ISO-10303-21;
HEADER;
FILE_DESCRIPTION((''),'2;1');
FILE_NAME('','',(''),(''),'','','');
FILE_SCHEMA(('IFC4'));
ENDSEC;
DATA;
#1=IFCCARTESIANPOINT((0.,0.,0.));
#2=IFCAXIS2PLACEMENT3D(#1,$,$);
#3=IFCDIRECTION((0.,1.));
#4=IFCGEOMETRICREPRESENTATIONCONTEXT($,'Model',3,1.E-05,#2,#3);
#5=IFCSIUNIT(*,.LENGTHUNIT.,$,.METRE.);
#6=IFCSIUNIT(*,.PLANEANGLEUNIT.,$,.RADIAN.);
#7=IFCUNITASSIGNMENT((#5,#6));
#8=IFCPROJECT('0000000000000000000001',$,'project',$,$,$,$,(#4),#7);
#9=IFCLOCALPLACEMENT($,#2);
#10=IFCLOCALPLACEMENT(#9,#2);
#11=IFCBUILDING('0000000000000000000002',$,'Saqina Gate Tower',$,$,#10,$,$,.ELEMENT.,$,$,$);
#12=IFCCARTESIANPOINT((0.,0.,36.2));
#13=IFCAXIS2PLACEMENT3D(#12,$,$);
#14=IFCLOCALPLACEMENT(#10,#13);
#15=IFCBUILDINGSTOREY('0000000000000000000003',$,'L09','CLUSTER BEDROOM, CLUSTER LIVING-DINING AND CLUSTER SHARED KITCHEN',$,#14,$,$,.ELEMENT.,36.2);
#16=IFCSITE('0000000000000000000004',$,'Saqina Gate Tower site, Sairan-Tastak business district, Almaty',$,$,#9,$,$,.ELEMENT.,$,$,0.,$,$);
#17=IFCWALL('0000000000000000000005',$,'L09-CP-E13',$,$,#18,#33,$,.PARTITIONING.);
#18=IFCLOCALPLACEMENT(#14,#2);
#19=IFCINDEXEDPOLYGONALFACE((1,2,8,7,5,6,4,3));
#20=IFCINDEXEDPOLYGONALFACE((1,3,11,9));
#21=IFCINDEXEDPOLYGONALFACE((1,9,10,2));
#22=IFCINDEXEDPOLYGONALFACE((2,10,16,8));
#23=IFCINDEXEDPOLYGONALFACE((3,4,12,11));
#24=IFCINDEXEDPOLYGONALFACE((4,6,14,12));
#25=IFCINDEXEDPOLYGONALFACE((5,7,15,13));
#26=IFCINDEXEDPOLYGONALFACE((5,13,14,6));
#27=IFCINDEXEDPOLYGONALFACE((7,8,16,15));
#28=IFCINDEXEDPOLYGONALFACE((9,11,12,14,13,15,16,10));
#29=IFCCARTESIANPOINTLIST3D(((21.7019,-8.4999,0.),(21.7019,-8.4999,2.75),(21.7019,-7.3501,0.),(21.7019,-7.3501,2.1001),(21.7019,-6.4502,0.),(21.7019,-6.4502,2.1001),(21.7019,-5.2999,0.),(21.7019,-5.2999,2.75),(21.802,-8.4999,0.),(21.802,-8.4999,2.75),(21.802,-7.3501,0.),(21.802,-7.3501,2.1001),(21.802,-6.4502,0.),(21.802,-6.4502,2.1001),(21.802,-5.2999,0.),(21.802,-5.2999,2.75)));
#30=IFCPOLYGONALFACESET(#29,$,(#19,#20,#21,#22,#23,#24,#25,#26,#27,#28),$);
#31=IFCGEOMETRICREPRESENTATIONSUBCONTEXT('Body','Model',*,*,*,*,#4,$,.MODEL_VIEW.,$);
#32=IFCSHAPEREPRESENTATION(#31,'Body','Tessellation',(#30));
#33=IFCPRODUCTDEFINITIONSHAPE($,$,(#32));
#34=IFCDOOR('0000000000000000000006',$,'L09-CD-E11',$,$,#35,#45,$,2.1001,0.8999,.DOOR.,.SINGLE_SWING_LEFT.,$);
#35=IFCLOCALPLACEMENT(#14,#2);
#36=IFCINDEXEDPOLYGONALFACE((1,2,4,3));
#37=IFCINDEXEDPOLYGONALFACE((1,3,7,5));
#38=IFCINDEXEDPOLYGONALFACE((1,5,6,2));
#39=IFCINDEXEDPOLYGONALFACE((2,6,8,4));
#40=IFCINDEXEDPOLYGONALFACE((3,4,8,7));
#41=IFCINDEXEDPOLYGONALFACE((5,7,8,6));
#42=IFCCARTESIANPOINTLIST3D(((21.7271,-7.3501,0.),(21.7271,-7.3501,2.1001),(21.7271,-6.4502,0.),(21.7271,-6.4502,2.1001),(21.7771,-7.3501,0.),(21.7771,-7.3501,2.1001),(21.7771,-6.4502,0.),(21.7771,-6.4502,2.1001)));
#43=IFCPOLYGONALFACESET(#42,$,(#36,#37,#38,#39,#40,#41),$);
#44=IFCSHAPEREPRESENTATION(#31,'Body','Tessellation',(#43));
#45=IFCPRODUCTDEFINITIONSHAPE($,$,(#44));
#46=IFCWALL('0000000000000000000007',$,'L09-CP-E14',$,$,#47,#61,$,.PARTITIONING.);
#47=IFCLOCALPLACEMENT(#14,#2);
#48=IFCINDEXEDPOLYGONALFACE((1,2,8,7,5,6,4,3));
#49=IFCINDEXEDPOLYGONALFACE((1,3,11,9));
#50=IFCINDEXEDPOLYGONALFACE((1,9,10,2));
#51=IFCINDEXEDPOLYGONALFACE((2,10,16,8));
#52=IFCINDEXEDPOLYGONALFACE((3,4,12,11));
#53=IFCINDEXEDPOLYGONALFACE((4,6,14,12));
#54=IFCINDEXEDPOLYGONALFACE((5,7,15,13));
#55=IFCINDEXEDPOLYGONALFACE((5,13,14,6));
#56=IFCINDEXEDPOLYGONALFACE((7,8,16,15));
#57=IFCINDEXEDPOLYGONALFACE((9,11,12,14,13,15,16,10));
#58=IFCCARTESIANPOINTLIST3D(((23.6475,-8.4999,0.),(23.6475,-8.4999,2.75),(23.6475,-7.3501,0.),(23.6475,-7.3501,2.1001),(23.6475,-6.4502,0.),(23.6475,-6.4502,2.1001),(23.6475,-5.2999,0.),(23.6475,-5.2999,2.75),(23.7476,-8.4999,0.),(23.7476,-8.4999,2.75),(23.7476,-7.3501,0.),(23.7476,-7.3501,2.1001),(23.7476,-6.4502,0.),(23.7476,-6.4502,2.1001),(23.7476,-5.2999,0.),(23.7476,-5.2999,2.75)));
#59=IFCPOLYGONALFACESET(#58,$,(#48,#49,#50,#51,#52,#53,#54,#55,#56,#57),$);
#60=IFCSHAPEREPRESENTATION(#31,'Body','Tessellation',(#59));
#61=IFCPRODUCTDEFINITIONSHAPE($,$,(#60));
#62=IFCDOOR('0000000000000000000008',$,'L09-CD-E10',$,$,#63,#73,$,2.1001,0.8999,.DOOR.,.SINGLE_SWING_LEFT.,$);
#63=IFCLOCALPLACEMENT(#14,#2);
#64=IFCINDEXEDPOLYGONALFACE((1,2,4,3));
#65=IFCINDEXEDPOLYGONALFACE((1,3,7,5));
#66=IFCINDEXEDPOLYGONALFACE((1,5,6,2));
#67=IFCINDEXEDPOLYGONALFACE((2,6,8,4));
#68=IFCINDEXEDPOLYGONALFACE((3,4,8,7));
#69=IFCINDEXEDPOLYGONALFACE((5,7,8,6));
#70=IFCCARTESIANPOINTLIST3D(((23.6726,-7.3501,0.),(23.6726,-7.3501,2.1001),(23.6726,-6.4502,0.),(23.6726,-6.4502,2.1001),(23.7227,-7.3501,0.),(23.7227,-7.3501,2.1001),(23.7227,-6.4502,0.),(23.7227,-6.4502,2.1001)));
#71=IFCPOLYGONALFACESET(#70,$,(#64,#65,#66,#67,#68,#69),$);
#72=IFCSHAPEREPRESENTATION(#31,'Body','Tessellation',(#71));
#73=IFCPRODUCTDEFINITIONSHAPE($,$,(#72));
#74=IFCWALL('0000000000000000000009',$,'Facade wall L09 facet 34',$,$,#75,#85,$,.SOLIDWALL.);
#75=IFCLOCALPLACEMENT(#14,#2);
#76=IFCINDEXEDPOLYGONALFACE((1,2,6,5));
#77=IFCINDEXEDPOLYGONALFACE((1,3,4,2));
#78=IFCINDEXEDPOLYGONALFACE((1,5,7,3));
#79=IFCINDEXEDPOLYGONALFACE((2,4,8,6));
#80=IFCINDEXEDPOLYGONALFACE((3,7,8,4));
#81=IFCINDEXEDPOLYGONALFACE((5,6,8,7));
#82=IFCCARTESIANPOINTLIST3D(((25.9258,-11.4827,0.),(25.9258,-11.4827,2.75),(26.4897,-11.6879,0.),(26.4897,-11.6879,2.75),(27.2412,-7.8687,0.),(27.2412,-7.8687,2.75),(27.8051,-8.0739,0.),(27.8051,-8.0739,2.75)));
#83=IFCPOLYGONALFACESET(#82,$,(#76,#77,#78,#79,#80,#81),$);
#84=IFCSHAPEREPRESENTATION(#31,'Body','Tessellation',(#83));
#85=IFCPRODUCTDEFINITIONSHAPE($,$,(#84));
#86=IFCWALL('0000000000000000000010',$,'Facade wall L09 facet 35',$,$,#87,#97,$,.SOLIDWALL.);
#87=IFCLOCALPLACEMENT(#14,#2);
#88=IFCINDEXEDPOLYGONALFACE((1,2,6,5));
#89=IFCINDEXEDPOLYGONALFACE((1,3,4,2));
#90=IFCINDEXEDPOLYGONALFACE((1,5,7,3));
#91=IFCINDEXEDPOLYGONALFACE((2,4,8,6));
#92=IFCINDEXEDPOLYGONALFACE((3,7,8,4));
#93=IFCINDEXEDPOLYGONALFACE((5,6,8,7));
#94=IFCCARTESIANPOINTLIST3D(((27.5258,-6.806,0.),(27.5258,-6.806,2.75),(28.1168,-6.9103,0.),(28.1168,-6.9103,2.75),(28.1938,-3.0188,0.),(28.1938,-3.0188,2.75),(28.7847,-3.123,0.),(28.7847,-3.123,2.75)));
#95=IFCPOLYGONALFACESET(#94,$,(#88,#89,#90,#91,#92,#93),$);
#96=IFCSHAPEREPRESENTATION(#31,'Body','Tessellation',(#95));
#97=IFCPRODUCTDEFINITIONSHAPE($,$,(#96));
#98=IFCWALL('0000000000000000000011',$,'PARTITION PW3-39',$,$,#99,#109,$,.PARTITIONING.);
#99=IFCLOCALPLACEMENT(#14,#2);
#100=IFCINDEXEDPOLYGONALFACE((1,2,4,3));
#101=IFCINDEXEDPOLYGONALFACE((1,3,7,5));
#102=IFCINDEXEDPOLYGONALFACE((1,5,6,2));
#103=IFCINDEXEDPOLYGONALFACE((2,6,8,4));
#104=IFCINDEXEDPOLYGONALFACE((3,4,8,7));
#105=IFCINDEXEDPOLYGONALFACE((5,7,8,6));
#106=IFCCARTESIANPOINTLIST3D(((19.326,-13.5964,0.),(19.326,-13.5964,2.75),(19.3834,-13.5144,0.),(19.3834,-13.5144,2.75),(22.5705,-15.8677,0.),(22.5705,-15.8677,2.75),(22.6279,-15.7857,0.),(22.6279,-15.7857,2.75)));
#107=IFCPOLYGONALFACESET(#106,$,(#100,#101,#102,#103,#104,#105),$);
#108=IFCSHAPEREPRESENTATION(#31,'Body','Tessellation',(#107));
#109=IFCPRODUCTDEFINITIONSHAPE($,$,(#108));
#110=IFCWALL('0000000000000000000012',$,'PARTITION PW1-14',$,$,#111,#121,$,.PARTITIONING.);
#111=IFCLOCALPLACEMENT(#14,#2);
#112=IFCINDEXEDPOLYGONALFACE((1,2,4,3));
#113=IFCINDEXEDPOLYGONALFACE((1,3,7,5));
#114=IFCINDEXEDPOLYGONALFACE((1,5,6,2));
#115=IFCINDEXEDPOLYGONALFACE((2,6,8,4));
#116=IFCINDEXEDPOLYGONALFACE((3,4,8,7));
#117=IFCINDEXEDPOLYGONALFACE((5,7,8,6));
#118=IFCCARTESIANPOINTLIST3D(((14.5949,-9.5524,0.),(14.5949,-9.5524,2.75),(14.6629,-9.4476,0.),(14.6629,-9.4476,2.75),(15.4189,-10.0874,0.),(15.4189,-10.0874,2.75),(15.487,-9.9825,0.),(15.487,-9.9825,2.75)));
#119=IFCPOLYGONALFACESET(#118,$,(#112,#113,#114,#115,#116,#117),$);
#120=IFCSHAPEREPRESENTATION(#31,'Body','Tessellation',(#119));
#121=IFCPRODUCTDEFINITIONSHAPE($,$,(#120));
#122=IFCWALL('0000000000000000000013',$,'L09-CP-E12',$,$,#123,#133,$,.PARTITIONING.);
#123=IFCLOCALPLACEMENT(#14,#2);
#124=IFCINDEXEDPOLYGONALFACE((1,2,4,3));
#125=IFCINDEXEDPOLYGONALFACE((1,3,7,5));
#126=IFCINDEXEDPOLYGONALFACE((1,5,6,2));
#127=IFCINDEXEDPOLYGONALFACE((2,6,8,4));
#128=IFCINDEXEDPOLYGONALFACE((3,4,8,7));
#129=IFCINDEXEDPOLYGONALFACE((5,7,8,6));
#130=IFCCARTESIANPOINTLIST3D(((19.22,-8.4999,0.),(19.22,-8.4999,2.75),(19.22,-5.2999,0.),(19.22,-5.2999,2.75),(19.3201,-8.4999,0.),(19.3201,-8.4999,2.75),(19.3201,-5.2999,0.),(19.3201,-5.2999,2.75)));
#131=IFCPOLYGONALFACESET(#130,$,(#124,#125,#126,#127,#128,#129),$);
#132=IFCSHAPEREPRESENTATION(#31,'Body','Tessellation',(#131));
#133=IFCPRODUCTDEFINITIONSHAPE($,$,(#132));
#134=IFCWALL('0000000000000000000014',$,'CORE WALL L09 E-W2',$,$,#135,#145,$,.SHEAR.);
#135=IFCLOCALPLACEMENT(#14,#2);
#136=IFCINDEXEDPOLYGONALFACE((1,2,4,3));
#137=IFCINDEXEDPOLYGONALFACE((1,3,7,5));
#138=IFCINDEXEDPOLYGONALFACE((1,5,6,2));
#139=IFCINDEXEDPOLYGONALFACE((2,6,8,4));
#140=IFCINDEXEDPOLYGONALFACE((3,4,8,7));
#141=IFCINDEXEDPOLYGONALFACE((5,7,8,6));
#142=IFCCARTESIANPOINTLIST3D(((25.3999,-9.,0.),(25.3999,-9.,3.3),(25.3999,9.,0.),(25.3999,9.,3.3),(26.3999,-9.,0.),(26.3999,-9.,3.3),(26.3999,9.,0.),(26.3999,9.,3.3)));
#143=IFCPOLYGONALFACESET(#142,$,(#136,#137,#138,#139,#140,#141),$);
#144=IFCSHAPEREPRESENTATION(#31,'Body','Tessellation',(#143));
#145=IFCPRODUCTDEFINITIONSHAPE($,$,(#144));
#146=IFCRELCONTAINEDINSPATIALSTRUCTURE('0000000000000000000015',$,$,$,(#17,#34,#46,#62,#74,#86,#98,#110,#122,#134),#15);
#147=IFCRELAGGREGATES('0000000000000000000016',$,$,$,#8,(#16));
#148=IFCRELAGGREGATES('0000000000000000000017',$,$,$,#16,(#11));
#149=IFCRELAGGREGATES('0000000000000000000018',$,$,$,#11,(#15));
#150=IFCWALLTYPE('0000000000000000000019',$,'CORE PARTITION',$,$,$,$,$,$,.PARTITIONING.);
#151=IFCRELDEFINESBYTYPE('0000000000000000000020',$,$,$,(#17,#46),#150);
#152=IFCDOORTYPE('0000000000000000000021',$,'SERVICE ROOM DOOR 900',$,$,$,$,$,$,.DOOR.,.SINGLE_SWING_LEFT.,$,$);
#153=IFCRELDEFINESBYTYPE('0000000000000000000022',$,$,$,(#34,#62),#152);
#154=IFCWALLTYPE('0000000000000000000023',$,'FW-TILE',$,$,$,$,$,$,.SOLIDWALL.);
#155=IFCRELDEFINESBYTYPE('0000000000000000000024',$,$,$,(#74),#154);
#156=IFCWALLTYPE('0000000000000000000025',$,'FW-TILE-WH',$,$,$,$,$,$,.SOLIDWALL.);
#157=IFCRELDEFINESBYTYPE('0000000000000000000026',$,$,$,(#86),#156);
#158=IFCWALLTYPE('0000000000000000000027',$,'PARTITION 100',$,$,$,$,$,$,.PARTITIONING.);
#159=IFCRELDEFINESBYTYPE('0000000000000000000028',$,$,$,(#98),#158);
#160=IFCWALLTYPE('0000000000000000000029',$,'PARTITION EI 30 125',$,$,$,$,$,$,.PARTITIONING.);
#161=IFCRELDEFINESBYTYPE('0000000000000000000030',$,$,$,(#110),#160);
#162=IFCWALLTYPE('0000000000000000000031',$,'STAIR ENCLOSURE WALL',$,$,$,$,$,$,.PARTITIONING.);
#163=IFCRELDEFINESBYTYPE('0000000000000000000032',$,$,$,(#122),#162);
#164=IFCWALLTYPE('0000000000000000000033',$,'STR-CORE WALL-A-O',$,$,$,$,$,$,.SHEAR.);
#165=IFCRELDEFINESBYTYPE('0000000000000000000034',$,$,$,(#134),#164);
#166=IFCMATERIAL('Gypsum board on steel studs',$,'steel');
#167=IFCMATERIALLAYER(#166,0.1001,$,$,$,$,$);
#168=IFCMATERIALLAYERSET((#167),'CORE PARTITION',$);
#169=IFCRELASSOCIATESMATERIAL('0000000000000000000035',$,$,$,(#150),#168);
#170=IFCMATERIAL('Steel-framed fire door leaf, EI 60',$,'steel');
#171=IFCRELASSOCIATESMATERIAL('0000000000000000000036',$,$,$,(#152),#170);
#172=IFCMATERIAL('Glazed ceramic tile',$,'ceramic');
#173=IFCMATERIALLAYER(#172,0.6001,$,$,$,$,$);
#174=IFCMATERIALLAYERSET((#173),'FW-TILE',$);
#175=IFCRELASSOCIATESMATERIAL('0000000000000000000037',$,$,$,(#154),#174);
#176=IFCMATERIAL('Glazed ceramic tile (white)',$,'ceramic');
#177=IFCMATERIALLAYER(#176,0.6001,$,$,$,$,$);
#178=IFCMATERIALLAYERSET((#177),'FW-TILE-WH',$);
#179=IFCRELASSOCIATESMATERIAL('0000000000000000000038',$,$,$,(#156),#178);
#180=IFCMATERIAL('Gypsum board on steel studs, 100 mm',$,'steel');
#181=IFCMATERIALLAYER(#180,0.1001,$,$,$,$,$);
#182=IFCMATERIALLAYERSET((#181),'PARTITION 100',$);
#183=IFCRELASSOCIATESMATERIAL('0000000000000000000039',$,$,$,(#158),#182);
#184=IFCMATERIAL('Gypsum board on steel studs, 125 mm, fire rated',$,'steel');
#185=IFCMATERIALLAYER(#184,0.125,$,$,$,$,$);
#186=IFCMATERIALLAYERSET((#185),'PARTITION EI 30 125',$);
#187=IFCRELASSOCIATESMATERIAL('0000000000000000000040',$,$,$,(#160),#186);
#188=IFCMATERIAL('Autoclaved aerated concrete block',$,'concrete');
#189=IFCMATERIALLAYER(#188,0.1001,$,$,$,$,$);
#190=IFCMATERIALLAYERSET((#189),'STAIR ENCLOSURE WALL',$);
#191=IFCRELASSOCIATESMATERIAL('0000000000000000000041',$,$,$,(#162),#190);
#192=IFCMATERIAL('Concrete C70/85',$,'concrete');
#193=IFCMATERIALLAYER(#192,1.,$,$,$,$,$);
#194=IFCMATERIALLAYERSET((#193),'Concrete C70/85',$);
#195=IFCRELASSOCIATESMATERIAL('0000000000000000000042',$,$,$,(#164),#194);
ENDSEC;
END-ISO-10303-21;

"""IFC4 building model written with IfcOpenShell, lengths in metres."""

from ifc_helpers import new_model, si_unit, direction, frame, frame_2d, origin, place, context, subcontext, project, spatial, rectangle, extrude, material, layer, layer_set, type_object, element, fill, save


model = new_model("IFC4")

# Units and contexts
model_context = context("Model", 3, precision=1e-05, world=origin(), true_north=direction((0.0, 1.0)))
body_context = subcontext(model_context, "Body", "Model", "MODEL_VIEW")
ifc_project = project(units=[si_unit("LENGTHUNIT", "METRE"), si_unit("PLANEANGLEUNIT", "RADIAN")], contexts=[model_context])

# Site, building, storey
site_placement = place(None, origin())
site = spatial("IfcSite", under=ifc_project, at=site_placement, Name="Saqina Gate Tower site, Sairan-Tastak business district, Almaty", CompositionType="ELEMENT", RefElevation=0.0)
building_placement = place(site_placement, origin())
building = spatial("IfcBuilding", under=site, at=building_placement, Name="Saqina Gate Tower", CompositionType="ELEMENT")
storey_placement = place(building_placement, frame((0.0, 0.0, 36.2)))
storey = spatial("IfcBuildingStorey", under=building, at=storey_placement, Name="L09", Description="CLUSTER BEDROOM, CLUSTER LIVING-DINING AND CLUSTER SHARED KITCHEN", CompositionType="ELEMENT", Elevation=36.2)

# Walls, openings, doors
ifc_material_1 = material(Name="Gypsum board on steel studs", Category="steel")
ifc_layer_1 = layer(ifc_material_1, 0.1001)
ifc_layer_set_1 = layer_set([ifc_layer_1], Name="CORE PARTITION")
wall_type_1 = type_object("IfcWallType", Name="CORE PARTITION", PredefinedType="PARTITIONING", material=ifc_layer_set_1)
wall_1_placement = place(storey_placement, frame((21.752, -8.5, 0.0), z_axis=(0.0, 0.0, 1.0), x_axis=(0.0, 1.0, 0.0)))
wall_1 = element("IfcWall", 1, at=wall_1_placement, inside=storey, type_object=wall_type_1, Name="L09-CP-E13", PredefinedType="PARTITIONING", context=body_context, shape_type="SweptSolid", body=[
    extrude(rectangle(XDim=3.2, YDim=0.1001, at=frame_2d((1.6001, 0.0))), origin(), (0.0, 0.0, 1.0), 2.75),
])
opening_1_placement = place(wall_1_placement, frame((1.1499, 0.0, 0.0)))
opening_1 = element("IfcOpeningElement", 2, at=opening_1_placement, cuts=wall_1, PredefinedType="OPENING", context=body_context, shape_type="SweptSolid", body=[
    extrude(rectangle(XDim=0.8999, YDim=2.1001, at=frame_2d((0.45, 1.05))), frame((0.0, 0.062, 0.0), z_axis=(0.0, -1.0, 0.0), x_axis=(1.0, 0.0, 0.0)), (0.0, 0.0, 1.0), 0.124),
])
ifc_material_2 = material(Name="Steel-framed fire door leaf, EI 60", Category="steel")
door_type = type_object("IfcDoorType", Name="SERVICE ROOM DOOR 900", OperationType="SINGLE_SWING_LEFT", PredefinedType="DOOR", material=ifc_material_2)
door_1_placement = place(opening_1_placement, origin())
door_1 = element("IfcDoor", 3, at=door_1_placement, inside=storey, type_object=door_type, Name="L09-CD-E11", OperationType="SINGLE_SWING_LEFT", OverallHeight=2.1001, OverallWidth=0.8999, PredefinedType="DOOR", context=body_context, shape_type="SweptSolid", body=[
    extrude(rectangle(XDim=0.8999, YDim=2.1001, at=frame_2d((0.45, 1.05))), frame((0.0, 0.0249, 0.0), z_axis=(0.0, -1.0, 0.0), x_axis=(1.0, 0.0, 0.0)), (0.0, 0.0, 1.0), 0.05),
])
fill(opening_1, door_1)
wall_2_placement = place(storey_placement, frame((23.6975, -8.5, 0.0), z_axis=(0.0, 0.0, 1.0), x_axis=(0.0, 1.0, 0.0)))
wall_2 = element("IfcWall", 4, at=wall_2_placement, inside=storey, type_object=wall_type_1, Name="L09-CP-E14", PredefinedType="PARTITIONING", context=body_context, shape_type="SweptSolid", body=[
    extrude(rectangle(XDim=3.2, YDim=0.1001, at=frame_2d((1.6001, 0.0))), origin(), (0.0, 0.0, 1.0), 2.75),
])
opening_2_placement = place(wall_2_placement, frame((1.1499, 0.0, 0.0)))
opening_2 = element("IfcOpeningElement", 5, at=opening_2_placement, cuts=wall_2, PredefinedType="OPENING", context=body_context, shape_type="SweptSolid", body=[
    extrude(rectangle(XDim=0.8999, YDim=2.1001, at=frame_2d((0.45, 1.05))), frame((0.0, 0.062, 0.0), z_axis=(0.0, -1.0, 0.0), x_axis=(1.0, 0.0, 0.0)), (0.0, 0.0, 1.0), 0.124),
])
door_2_placement = place(opening_2_placement, origin())
door_2 = element("IfcDoor", 6, at=door_2_placement, inside=storey, type_object=door_type, Name="L09-CD-E10", OperationType="SINGLE_SWING_LEFT", OverallHeight=2.1001, OverallWidth=0.8999, PredefinedType="DOOR", context=body_context, shape_type="SweptSolid", body=[
    extrude(rectangle(XDim=0.8999, YDim=2.1001, at=frame_2d((0.45, 1.05))), frame((0.0, 0.0249, 0.0), z_axis=(0.0, -1.0, 0.0), x_axis=(1.0, 0.0, 0.0)), (0.0, 0.0, 1.0), 0.05),
])
fill(opening_2, door_2)

# Walls
ifc_material_3 = material(Name="Glazed ceramic tile", Category="ceramic")
ifc_layer_2 = layer(ifc_material_3, 0.6001)
ifc_layer_set_2 = layer_set([ifc_layer_2], Name="FW-TILE")
wall_type_2 = type_object("IfcWallType", Name="FW-TILE", PredefinedType="SOLIDWALL", material=ifc_layer_set_2)
wall_3_placement = place(storey_placement, frame((26.2078, -11.5852, 0.0), z_axis=(0.0, 0.0, 1.0), x_axis=(0.342028, 0.93969, 0.0)))
element("IfcWall", 7, at=wall_3_placement, inside=storey, type_object=wall_type_2, Name="Facade wall L09 facet 34", PredefinedType="SOLIDWALL", context=body_context, shape_type="SweptSolid", body=[
    extrude(rectangle(XDim=3.8459, YDim=0.6001, at=frame_2d((1.9229, 0.0))), origin(), (0.0, 0.0, 1.0), 2.75),
])
ifc_material_4 = material(Name="Glazed ceramic tile (white)", Category="ceramic")
ifc_layer_3 = layer(ifc_material_4, 0.6001)
ifc_layer_set_3 = layer_set([ifc_layer_3], Name="FW-TILE-WH")
wall_type_3 = type_object("IfcWallType", Name="FW-TILE-WH", PredefinedType="SOLIDWALL", material=ifc_layer_set_3)
wall_4_placement = place(storey_placement, frame((27.8213, -6.8582, 0.0), z_axis=(0.0, 0.0, 1.0), x_axis=(0.173688, 0.984801, 0.0)))
element("IfcWall", 8, at=wall_4_placement, inside=storey, type_object=wall_type_3, Name="Facade wall L09 facet 35", PredefinedType="SOLIDWALL", context=body_context, shape_type="SweptSolid", body=[
    extrude(rectangle(XDim=3.8457, YDim=0.6001, at=frame_2d((1.9229, 0.0))), origin(), (0.0, 0.0, 1.0), 2.75),
])
ifc_material_5 = material(Name="Gypsum board on steel studs, 100 mm", Category="steel")
ifc_layer_4 = layer(ifc_material_5, 0.1001)
ifc_layer_set_4 = layer_set([ifc_layer_4], Name="PARTITION 100")
wall_type_4 = type_object("IfcWallType", Name="PARTITION 100", PredefinedType="PARTITIONING", material=ifc_layer_set_4)
wall_5_placement = place(storey_placement, frame((19.3547, -13.5554, 0.0), z_axis=(0.0, 0.0, 1.0), x_axis=(0.819212, -0.573491, 0.0)))
element("IfcWall", 9, at=wall_5_placement, inside=storey, type_object=wall_type_4, Name="PARTITION PW3-39", PredefinedType="PARTITIONING", context=body_context, shape_type="SweptSolid", body=[
    extrude(rectangle(XDim=3.9604, YDim=0.1001, at=frame_2d((1.9802, 0.0))), origin(), (0.0, 0.0, 1.0), 2.75),
])
ifc_material_6 = material(Name="Gypsum board on steel studs, 125 mm, fire rated", Category="steel")
ifc_layer_5 = layer(ifc_material_6, 0.125)
ifc_layer_set_5 = layer_set([ifc_layer_5], Name="PARTITION EI 30 125")
wall_type_5 = type_object("IfcWallType", Name="PARTITION EI 30 125", PredefinedType="PARTITIONING", material=ifc_layer_set_5)
wall_6_placement = place(storey_placement, frame((14.6289, -9.5, 0.0), z_axis=(0.0, 0.0, 1.0), x_axis=(0.838756, -0.544508, 0.0)))
element("IfcWall", 10, at=wall_6_placement, inside=storey, type_object=wall_type_5, Name="PARTITION PW1-14", PredefinedType="PARTITIONING", context=body_context, shape_type="SweptSolid", body=[
    extrude(rectangle(XDim=0.9824, YDim=0.125, at=frame_2d((0.4912, 0.0))), origin(), (0.0, 0.0, 1.0), 2.75),
])
ifc_material_7 = material(Name="Autoclaved aerated concrete block", Category="concrete")
ifc_layer_6 = layer(ifc_material_7, 0.1001)
ifc_layer_set_6 = layer_set([ifc_layer_6], Name="STAIR ENCLOSURE WALL")
wall_type_6 = type_object("IfcWallType", Name="STAIR ENCLOSURE WALL", PredefinedType="PARTITIONING", material=ifc_layer_set_6)
wall_7_placement = place(storey_placement, frame((19.27, -8.5, 0.0), z_axis=(0.0, 0.0, 1.0), x_axis=(0.0, 1.0, 0.0)))
element("IfcWall", 11, at=wall_7_placement, inside=storey, type_object=wall_type_6, Name="L09-CP-E12", PredefinedType="PARTITIONING", context=body_context, shape_type="SweptSolid", body=[
    extrude(rectangle(XDim=3.2, YDim=0.1001, at=frame_2d((1.6001, 0.0))), origin(), (0.0, 0.0, 1.0), 2.75),
])
ifc_material_8 = material(Name="Concrete C70/85", Category="concrete")
ifc_layer_7 = layer(ifc_material_8, 1.0)
ifc_layer_set_7 = layer_set([ifc_layer_7], Name="Concrete C70/85")
wall_type_7 = type_object("IfcWallType", Name="STR-CORE WALL-A-O", PredefinedType="SHEAR", material=ifc_layer_set_7)
wall_8_placement = place(storey_placement, frame((25.8999, -9.0, 0.0), z_axis=(0.0, 0.0, 1.0), x_axis=(0.0, 1.0, 0.0)))
element("IfcWall", 12, at=wall_8_placement, inside=storey, type_object=wall_type_7, Name="CORE WALL L09 E-W2", PredefinedType="SHEAR", context=body_context, shape_type="SweptSolid", body=[
    extrude(rectangle(XDim=18.0, YDim=1.0, at=frame_2d((9.0, 0.0))), origin(), (0.0, 0.0, 1.0), 3.3),
])

save(model, "model.ifc")
